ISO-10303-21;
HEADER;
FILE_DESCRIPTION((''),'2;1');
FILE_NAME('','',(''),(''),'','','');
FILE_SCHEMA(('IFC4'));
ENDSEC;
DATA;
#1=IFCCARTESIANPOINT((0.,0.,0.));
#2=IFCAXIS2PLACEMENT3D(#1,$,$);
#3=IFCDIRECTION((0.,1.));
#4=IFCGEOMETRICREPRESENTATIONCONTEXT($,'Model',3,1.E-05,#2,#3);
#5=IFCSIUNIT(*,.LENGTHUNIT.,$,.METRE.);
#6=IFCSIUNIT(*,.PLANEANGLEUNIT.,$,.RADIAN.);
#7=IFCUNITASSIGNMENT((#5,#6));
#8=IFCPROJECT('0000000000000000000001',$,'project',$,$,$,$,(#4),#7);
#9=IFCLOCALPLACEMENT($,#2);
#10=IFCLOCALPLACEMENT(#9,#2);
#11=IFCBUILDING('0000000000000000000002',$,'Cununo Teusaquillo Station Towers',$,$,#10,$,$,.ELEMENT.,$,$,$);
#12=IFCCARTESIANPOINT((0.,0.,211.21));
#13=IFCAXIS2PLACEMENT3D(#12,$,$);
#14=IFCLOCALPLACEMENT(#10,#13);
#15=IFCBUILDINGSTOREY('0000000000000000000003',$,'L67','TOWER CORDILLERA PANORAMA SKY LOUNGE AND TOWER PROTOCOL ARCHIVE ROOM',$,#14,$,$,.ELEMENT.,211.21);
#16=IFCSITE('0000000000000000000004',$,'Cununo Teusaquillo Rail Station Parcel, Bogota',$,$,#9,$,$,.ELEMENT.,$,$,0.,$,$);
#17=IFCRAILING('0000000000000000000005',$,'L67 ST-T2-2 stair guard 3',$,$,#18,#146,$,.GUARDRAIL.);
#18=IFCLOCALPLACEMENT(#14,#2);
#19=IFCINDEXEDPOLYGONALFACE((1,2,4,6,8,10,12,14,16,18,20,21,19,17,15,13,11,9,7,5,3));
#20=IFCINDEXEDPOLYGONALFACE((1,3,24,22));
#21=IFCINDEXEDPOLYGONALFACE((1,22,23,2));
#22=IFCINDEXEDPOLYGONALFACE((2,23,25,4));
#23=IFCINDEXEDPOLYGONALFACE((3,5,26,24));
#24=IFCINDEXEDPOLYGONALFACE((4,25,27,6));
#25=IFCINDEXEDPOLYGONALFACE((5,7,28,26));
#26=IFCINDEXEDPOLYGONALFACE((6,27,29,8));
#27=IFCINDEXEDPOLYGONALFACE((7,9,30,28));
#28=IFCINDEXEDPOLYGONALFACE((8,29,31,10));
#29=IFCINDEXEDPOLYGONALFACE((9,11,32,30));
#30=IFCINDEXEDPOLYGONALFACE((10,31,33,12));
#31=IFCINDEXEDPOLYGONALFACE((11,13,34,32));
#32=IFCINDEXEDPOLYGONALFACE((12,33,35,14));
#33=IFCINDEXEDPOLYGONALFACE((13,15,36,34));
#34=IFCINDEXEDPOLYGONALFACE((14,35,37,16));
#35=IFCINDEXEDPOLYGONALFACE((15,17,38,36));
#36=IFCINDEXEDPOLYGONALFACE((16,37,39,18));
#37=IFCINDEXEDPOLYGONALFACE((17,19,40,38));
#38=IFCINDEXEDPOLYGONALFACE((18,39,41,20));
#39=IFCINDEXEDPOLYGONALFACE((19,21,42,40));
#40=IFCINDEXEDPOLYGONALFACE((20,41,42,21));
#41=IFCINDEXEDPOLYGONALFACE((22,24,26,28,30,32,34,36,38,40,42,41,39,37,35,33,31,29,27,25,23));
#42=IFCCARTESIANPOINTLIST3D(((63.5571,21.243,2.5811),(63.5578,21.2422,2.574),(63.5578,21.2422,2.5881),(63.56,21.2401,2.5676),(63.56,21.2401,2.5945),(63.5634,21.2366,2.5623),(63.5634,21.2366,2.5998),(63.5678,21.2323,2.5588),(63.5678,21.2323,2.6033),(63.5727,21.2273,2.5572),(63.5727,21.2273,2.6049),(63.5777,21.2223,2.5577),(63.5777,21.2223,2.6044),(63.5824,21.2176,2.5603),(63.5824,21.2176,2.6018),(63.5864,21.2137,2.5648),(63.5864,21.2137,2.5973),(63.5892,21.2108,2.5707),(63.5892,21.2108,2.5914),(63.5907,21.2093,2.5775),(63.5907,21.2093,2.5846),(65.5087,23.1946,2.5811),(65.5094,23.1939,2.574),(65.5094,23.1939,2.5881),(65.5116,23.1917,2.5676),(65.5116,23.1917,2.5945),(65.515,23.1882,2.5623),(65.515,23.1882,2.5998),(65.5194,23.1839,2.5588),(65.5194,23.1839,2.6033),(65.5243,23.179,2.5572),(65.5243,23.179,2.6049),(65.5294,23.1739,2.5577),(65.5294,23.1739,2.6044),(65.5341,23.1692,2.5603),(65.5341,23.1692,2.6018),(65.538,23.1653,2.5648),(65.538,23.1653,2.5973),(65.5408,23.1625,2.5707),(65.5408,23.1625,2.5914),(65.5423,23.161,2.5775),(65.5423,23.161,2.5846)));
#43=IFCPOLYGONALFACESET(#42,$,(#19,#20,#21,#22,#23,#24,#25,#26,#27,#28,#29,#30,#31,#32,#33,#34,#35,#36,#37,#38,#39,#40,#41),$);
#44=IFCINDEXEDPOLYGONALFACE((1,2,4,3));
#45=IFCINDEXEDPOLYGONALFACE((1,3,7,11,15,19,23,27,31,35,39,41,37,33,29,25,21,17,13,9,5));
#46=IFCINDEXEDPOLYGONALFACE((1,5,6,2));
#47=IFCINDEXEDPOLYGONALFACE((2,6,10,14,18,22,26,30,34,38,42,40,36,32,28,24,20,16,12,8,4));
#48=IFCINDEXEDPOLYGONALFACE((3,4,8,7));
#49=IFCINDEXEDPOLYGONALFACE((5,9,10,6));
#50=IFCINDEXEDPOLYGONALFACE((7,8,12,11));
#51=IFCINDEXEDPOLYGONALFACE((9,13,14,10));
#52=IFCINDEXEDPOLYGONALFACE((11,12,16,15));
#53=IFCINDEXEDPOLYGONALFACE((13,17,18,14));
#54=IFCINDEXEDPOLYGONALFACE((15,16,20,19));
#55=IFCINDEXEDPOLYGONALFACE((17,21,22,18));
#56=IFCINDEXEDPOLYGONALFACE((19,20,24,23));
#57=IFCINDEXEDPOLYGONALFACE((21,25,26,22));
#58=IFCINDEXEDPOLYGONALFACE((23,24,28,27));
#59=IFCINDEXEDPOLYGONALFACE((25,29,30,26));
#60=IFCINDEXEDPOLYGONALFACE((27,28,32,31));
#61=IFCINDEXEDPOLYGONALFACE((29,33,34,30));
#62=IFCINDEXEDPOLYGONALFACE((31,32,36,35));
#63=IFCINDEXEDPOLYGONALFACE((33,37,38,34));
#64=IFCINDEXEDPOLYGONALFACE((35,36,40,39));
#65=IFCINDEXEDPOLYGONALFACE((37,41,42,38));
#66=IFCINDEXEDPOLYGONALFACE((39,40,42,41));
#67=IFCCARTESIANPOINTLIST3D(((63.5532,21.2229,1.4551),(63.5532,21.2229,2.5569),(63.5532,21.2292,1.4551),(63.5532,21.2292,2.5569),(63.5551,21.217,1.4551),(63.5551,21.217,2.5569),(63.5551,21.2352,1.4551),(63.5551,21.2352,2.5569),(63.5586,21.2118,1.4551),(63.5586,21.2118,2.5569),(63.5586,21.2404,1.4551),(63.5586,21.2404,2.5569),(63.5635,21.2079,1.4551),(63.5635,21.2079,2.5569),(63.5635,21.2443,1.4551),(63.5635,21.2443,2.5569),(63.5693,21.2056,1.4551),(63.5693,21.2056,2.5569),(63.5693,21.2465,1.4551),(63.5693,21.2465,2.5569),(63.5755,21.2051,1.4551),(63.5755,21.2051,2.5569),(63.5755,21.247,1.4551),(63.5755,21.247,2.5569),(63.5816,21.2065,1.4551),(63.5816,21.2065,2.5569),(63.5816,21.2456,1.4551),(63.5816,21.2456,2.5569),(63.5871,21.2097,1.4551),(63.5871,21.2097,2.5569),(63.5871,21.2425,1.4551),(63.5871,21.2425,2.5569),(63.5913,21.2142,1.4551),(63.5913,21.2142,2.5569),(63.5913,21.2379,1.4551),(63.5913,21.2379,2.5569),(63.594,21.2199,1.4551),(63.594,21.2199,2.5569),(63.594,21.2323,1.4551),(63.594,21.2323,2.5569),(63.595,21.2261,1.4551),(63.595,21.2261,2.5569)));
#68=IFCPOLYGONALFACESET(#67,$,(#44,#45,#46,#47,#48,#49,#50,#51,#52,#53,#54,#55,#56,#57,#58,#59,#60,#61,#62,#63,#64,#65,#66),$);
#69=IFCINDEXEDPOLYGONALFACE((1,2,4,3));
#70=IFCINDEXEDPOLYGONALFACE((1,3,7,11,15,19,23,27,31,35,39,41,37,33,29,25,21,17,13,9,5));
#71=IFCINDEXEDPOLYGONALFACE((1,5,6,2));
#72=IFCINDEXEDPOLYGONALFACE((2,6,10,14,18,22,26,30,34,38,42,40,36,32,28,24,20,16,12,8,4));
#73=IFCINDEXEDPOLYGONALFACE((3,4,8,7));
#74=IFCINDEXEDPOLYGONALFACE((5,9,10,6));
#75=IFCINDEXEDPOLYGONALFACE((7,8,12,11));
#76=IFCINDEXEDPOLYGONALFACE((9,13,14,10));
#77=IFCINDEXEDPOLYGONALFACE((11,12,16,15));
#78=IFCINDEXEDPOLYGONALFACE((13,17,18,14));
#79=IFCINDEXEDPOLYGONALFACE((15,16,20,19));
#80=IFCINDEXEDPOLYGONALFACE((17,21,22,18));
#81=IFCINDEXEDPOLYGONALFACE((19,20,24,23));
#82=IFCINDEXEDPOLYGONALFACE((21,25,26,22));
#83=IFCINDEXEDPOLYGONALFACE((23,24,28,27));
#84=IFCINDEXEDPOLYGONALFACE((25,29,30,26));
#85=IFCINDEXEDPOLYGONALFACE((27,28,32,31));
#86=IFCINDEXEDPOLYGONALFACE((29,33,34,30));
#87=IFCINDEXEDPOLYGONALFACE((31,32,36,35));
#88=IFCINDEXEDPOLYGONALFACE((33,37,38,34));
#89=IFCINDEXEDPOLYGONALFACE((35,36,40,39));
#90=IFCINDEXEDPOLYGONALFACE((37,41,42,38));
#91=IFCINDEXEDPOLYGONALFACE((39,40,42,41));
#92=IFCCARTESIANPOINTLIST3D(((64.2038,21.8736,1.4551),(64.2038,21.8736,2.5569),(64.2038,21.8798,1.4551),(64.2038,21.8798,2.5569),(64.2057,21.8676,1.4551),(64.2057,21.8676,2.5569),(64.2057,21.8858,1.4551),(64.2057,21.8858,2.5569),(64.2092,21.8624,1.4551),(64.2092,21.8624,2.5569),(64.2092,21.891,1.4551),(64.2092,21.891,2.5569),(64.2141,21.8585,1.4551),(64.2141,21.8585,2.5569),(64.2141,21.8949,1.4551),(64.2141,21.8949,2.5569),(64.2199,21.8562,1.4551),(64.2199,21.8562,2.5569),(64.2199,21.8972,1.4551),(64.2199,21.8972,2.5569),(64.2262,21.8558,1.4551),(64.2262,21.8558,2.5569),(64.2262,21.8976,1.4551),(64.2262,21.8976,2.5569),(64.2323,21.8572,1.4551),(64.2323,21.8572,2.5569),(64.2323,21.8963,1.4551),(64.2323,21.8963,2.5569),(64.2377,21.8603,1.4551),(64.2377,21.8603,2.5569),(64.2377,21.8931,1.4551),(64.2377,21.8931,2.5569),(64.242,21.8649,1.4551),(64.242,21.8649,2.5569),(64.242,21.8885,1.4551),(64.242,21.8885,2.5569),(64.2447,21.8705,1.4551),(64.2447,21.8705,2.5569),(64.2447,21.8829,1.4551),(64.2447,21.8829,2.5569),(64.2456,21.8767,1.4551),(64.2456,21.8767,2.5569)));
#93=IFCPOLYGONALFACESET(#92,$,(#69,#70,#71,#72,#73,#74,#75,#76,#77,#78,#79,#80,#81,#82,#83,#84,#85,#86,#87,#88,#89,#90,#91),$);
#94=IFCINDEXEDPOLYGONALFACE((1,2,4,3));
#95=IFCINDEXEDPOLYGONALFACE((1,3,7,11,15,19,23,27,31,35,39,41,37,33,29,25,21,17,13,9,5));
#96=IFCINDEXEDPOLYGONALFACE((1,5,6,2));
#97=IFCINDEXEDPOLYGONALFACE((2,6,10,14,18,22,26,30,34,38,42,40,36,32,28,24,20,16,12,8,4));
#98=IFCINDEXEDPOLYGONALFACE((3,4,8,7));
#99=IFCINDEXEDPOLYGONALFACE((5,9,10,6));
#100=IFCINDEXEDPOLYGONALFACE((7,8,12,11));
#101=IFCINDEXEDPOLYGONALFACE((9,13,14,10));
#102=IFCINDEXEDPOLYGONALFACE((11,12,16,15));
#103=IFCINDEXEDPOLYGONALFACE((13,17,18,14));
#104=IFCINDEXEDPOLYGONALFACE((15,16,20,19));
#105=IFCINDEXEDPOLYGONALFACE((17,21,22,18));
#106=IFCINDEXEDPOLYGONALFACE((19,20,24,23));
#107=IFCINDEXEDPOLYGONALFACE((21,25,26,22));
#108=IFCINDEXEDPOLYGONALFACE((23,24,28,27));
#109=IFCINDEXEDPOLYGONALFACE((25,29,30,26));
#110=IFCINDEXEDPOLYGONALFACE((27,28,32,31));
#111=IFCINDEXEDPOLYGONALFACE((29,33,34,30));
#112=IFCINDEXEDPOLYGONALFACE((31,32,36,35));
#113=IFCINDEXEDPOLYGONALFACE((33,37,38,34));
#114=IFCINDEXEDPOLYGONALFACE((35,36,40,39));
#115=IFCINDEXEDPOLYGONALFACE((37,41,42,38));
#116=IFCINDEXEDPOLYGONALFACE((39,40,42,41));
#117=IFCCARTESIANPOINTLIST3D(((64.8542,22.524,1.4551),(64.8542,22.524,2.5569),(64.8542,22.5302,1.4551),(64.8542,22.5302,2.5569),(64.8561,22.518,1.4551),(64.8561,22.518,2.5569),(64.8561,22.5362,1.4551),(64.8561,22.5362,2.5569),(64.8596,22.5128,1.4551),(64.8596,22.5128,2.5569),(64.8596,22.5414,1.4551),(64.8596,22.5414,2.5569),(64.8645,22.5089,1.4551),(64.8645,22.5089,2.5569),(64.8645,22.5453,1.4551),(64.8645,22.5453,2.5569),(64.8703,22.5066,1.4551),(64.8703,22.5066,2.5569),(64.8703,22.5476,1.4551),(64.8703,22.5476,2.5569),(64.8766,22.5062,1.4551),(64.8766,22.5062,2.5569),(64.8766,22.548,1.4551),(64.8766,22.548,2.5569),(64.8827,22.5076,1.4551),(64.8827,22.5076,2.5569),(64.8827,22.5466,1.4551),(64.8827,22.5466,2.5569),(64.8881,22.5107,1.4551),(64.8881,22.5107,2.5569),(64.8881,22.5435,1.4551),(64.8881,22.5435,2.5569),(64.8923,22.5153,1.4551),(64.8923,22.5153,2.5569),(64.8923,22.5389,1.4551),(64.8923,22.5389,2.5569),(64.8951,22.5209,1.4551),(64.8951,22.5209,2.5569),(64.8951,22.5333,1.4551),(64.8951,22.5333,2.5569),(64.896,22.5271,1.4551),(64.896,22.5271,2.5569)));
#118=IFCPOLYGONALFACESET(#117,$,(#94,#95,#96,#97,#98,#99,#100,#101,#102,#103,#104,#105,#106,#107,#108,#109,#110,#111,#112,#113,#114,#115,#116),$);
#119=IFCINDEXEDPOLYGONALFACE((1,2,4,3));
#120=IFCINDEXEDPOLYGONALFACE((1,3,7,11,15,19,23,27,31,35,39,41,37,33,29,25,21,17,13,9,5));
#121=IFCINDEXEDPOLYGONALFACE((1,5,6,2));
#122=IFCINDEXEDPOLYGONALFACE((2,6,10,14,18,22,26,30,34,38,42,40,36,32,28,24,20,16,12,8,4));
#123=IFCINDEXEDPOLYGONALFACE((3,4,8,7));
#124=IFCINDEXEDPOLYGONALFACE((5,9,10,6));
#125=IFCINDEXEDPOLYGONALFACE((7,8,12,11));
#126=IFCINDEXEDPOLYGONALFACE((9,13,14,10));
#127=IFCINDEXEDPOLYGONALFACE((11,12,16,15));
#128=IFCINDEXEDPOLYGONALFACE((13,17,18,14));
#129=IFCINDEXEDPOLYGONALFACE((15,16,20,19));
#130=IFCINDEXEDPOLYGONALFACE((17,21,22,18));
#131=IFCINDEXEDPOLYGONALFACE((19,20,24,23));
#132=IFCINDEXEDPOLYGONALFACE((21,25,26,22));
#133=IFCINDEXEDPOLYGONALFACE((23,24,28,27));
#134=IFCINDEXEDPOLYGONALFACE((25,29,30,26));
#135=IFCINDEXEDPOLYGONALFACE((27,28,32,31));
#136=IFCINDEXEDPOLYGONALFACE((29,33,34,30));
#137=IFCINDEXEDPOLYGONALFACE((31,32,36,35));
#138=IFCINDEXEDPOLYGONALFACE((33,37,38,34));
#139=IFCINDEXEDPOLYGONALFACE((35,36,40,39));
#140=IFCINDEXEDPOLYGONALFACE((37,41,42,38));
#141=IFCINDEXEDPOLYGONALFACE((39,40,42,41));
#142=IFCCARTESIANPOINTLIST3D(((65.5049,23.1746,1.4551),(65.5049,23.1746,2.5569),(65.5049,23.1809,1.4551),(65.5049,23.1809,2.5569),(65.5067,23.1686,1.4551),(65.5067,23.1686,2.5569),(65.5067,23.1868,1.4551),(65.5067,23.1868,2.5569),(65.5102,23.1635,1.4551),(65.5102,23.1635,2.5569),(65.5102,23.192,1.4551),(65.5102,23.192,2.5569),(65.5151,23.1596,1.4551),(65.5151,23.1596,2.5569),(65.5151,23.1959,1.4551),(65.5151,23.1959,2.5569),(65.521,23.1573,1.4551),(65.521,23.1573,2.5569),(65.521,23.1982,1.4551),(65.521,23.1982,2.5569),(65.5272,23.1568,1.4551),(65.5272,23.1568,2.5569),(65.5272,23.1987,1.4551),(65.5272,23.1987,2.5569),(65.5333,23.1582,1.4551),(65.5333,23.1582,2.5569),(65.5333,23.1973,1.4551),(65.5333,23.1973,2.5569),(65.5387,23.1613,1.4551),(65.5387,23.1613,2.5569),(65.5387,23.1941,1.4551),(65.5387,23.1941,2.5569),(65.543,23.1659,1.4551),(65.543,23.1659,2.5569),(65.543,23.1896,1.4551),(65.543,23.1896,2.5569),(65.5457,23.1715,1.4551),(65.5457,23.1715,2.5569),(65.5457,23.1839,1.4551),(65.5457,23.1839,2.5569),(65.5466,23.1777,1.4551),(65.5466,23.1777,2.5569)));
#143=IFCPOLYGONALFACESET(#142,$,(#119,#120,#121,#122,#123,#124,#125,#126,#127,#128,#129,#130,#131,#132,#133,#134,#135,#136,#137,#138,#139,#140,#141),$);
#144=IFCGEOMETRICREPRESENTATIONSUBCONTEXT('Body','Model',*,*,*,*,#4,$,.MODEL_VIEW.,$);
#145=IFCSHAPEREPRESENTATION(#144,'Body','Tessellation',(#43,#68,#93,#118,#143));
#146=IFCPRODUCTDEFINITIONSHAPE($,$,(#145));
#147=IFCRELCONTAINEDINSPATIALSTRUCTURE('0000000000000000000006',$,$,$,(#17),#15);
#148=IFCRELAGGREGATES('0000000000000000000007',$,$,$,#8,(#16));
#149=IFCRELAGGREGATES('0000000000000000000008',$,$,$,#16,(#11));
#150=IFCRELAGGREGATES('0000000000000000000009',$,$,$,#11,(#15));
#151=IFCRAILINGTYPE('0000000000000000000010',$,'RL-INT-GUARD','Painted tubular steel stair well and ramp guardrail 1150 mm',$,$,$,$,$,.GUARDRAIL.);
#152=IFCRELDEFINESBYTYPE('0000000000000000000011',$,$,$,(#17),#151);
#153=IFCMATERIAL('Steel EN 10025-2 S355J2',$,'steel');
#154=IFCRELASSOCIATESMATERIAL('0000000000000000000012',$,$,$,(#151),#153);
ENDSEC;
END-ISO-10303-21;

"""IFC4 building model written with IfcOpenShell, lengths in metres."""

from ifc_helpers import new_model, si_unit, direction, frame, origin, origin_2d, place, context, subcontext, project, spatial, circle, extrude, material, type_object, element, save


model = new_model("IFC4")

# Units and contexts
model_context = context("Model", 3, precision=1e-05, world=origin(), true_north=direction((0.0, 1.0)))
body_context = subcontext(model_context, "Body", "Model", "MODEL_VIEW")
ifc_project = project(units=[si_unit("LENGTHUNIT", "METRE"), si_unit("PLANEANGLEUNIT", "RADIAN")], contexts=[model_context])

# Site, building, storey
site_placement = place(None, origin())
site = spatial("IfcSite", under=ifc_project, at=site_placement, Name="Cununo Teusaquillo Rail Station Parcel, Bogota", CompositionType="ELEMENT", RefElevation=0.0)
building_placement = place(site_placement, origin())
building = spatial("IfcBuilding", under=site, at=building_placement, Name="Cununo Teusaquillo Station Towers", CompositionType="ELEMENT")
storey_placement = place(building_placement, frame((0.0, 0.0, 211.21)))
storey = spatial("IfcBuildingStorey", under=building, at=storey_placement, Name="L67", Description="TOWER CORDILLERA PANORAMA SKY LOUNGE AND TOWER PROTOCOL ARCHIVE ROOM", CompositionType="ELEMENT", Elevation=211.21)

# Railing
ifc_material_1 = material(Name="Steel EN 10025-2 S355J2", Category="steel")
railing_type = type_object("IfcRailingType", Name="RL-INT-GUARD", Description="Painted tubular steel stair well and ramp guardrail 1150 mm", PredefinedType="GUARDRAIL", material=ifc_material_1)
railing_1_placement = place(storey_placement, frame((63.574, 21.2261, 1.4551)))
element("IfcRailing", 1, at=railing_1_placement, inside=storey, type_object=railing_type, Name="L67 ST-T2-2 stair guard 3", PredefinedType="GUARDRAIL", context=body_context, shape_type="SweptSolid", body=[
    extrude(circle(Radius=0.0239, at=origin_2d()), frame((0.0, 0.0, 1.126), z_axis=(0.707107, 0.707107, 0.0), x_axis=(-0.707107, 0.707107, 0.0)), (0.0, 0.0, 1.0), 2.76),
    extrude(circle(Radius=0.021, at=origin_2d()), origin(), (0.0, 0.0, 1.0), 1.1018),
    extrude(circle(Radius=0.021, at=origin_2d()), frame((0.6506, 0.6506, 0.0)), (0.0, 0.0, 1.0), 1.1018),
    extrude(circle(Radius=0.021, at=origin_2d()), frame((1.301, 1.301, 0.0)), (0.0, 0.0, 1.0), 1.1018),
    extrude(circle(Radius=0.021, at=origin_2d()), frame((1.9517, 1.9517, 0.0)), (0.0, 0.0, 1.0), 1.1018),
])

save(model, "model.ifc")
